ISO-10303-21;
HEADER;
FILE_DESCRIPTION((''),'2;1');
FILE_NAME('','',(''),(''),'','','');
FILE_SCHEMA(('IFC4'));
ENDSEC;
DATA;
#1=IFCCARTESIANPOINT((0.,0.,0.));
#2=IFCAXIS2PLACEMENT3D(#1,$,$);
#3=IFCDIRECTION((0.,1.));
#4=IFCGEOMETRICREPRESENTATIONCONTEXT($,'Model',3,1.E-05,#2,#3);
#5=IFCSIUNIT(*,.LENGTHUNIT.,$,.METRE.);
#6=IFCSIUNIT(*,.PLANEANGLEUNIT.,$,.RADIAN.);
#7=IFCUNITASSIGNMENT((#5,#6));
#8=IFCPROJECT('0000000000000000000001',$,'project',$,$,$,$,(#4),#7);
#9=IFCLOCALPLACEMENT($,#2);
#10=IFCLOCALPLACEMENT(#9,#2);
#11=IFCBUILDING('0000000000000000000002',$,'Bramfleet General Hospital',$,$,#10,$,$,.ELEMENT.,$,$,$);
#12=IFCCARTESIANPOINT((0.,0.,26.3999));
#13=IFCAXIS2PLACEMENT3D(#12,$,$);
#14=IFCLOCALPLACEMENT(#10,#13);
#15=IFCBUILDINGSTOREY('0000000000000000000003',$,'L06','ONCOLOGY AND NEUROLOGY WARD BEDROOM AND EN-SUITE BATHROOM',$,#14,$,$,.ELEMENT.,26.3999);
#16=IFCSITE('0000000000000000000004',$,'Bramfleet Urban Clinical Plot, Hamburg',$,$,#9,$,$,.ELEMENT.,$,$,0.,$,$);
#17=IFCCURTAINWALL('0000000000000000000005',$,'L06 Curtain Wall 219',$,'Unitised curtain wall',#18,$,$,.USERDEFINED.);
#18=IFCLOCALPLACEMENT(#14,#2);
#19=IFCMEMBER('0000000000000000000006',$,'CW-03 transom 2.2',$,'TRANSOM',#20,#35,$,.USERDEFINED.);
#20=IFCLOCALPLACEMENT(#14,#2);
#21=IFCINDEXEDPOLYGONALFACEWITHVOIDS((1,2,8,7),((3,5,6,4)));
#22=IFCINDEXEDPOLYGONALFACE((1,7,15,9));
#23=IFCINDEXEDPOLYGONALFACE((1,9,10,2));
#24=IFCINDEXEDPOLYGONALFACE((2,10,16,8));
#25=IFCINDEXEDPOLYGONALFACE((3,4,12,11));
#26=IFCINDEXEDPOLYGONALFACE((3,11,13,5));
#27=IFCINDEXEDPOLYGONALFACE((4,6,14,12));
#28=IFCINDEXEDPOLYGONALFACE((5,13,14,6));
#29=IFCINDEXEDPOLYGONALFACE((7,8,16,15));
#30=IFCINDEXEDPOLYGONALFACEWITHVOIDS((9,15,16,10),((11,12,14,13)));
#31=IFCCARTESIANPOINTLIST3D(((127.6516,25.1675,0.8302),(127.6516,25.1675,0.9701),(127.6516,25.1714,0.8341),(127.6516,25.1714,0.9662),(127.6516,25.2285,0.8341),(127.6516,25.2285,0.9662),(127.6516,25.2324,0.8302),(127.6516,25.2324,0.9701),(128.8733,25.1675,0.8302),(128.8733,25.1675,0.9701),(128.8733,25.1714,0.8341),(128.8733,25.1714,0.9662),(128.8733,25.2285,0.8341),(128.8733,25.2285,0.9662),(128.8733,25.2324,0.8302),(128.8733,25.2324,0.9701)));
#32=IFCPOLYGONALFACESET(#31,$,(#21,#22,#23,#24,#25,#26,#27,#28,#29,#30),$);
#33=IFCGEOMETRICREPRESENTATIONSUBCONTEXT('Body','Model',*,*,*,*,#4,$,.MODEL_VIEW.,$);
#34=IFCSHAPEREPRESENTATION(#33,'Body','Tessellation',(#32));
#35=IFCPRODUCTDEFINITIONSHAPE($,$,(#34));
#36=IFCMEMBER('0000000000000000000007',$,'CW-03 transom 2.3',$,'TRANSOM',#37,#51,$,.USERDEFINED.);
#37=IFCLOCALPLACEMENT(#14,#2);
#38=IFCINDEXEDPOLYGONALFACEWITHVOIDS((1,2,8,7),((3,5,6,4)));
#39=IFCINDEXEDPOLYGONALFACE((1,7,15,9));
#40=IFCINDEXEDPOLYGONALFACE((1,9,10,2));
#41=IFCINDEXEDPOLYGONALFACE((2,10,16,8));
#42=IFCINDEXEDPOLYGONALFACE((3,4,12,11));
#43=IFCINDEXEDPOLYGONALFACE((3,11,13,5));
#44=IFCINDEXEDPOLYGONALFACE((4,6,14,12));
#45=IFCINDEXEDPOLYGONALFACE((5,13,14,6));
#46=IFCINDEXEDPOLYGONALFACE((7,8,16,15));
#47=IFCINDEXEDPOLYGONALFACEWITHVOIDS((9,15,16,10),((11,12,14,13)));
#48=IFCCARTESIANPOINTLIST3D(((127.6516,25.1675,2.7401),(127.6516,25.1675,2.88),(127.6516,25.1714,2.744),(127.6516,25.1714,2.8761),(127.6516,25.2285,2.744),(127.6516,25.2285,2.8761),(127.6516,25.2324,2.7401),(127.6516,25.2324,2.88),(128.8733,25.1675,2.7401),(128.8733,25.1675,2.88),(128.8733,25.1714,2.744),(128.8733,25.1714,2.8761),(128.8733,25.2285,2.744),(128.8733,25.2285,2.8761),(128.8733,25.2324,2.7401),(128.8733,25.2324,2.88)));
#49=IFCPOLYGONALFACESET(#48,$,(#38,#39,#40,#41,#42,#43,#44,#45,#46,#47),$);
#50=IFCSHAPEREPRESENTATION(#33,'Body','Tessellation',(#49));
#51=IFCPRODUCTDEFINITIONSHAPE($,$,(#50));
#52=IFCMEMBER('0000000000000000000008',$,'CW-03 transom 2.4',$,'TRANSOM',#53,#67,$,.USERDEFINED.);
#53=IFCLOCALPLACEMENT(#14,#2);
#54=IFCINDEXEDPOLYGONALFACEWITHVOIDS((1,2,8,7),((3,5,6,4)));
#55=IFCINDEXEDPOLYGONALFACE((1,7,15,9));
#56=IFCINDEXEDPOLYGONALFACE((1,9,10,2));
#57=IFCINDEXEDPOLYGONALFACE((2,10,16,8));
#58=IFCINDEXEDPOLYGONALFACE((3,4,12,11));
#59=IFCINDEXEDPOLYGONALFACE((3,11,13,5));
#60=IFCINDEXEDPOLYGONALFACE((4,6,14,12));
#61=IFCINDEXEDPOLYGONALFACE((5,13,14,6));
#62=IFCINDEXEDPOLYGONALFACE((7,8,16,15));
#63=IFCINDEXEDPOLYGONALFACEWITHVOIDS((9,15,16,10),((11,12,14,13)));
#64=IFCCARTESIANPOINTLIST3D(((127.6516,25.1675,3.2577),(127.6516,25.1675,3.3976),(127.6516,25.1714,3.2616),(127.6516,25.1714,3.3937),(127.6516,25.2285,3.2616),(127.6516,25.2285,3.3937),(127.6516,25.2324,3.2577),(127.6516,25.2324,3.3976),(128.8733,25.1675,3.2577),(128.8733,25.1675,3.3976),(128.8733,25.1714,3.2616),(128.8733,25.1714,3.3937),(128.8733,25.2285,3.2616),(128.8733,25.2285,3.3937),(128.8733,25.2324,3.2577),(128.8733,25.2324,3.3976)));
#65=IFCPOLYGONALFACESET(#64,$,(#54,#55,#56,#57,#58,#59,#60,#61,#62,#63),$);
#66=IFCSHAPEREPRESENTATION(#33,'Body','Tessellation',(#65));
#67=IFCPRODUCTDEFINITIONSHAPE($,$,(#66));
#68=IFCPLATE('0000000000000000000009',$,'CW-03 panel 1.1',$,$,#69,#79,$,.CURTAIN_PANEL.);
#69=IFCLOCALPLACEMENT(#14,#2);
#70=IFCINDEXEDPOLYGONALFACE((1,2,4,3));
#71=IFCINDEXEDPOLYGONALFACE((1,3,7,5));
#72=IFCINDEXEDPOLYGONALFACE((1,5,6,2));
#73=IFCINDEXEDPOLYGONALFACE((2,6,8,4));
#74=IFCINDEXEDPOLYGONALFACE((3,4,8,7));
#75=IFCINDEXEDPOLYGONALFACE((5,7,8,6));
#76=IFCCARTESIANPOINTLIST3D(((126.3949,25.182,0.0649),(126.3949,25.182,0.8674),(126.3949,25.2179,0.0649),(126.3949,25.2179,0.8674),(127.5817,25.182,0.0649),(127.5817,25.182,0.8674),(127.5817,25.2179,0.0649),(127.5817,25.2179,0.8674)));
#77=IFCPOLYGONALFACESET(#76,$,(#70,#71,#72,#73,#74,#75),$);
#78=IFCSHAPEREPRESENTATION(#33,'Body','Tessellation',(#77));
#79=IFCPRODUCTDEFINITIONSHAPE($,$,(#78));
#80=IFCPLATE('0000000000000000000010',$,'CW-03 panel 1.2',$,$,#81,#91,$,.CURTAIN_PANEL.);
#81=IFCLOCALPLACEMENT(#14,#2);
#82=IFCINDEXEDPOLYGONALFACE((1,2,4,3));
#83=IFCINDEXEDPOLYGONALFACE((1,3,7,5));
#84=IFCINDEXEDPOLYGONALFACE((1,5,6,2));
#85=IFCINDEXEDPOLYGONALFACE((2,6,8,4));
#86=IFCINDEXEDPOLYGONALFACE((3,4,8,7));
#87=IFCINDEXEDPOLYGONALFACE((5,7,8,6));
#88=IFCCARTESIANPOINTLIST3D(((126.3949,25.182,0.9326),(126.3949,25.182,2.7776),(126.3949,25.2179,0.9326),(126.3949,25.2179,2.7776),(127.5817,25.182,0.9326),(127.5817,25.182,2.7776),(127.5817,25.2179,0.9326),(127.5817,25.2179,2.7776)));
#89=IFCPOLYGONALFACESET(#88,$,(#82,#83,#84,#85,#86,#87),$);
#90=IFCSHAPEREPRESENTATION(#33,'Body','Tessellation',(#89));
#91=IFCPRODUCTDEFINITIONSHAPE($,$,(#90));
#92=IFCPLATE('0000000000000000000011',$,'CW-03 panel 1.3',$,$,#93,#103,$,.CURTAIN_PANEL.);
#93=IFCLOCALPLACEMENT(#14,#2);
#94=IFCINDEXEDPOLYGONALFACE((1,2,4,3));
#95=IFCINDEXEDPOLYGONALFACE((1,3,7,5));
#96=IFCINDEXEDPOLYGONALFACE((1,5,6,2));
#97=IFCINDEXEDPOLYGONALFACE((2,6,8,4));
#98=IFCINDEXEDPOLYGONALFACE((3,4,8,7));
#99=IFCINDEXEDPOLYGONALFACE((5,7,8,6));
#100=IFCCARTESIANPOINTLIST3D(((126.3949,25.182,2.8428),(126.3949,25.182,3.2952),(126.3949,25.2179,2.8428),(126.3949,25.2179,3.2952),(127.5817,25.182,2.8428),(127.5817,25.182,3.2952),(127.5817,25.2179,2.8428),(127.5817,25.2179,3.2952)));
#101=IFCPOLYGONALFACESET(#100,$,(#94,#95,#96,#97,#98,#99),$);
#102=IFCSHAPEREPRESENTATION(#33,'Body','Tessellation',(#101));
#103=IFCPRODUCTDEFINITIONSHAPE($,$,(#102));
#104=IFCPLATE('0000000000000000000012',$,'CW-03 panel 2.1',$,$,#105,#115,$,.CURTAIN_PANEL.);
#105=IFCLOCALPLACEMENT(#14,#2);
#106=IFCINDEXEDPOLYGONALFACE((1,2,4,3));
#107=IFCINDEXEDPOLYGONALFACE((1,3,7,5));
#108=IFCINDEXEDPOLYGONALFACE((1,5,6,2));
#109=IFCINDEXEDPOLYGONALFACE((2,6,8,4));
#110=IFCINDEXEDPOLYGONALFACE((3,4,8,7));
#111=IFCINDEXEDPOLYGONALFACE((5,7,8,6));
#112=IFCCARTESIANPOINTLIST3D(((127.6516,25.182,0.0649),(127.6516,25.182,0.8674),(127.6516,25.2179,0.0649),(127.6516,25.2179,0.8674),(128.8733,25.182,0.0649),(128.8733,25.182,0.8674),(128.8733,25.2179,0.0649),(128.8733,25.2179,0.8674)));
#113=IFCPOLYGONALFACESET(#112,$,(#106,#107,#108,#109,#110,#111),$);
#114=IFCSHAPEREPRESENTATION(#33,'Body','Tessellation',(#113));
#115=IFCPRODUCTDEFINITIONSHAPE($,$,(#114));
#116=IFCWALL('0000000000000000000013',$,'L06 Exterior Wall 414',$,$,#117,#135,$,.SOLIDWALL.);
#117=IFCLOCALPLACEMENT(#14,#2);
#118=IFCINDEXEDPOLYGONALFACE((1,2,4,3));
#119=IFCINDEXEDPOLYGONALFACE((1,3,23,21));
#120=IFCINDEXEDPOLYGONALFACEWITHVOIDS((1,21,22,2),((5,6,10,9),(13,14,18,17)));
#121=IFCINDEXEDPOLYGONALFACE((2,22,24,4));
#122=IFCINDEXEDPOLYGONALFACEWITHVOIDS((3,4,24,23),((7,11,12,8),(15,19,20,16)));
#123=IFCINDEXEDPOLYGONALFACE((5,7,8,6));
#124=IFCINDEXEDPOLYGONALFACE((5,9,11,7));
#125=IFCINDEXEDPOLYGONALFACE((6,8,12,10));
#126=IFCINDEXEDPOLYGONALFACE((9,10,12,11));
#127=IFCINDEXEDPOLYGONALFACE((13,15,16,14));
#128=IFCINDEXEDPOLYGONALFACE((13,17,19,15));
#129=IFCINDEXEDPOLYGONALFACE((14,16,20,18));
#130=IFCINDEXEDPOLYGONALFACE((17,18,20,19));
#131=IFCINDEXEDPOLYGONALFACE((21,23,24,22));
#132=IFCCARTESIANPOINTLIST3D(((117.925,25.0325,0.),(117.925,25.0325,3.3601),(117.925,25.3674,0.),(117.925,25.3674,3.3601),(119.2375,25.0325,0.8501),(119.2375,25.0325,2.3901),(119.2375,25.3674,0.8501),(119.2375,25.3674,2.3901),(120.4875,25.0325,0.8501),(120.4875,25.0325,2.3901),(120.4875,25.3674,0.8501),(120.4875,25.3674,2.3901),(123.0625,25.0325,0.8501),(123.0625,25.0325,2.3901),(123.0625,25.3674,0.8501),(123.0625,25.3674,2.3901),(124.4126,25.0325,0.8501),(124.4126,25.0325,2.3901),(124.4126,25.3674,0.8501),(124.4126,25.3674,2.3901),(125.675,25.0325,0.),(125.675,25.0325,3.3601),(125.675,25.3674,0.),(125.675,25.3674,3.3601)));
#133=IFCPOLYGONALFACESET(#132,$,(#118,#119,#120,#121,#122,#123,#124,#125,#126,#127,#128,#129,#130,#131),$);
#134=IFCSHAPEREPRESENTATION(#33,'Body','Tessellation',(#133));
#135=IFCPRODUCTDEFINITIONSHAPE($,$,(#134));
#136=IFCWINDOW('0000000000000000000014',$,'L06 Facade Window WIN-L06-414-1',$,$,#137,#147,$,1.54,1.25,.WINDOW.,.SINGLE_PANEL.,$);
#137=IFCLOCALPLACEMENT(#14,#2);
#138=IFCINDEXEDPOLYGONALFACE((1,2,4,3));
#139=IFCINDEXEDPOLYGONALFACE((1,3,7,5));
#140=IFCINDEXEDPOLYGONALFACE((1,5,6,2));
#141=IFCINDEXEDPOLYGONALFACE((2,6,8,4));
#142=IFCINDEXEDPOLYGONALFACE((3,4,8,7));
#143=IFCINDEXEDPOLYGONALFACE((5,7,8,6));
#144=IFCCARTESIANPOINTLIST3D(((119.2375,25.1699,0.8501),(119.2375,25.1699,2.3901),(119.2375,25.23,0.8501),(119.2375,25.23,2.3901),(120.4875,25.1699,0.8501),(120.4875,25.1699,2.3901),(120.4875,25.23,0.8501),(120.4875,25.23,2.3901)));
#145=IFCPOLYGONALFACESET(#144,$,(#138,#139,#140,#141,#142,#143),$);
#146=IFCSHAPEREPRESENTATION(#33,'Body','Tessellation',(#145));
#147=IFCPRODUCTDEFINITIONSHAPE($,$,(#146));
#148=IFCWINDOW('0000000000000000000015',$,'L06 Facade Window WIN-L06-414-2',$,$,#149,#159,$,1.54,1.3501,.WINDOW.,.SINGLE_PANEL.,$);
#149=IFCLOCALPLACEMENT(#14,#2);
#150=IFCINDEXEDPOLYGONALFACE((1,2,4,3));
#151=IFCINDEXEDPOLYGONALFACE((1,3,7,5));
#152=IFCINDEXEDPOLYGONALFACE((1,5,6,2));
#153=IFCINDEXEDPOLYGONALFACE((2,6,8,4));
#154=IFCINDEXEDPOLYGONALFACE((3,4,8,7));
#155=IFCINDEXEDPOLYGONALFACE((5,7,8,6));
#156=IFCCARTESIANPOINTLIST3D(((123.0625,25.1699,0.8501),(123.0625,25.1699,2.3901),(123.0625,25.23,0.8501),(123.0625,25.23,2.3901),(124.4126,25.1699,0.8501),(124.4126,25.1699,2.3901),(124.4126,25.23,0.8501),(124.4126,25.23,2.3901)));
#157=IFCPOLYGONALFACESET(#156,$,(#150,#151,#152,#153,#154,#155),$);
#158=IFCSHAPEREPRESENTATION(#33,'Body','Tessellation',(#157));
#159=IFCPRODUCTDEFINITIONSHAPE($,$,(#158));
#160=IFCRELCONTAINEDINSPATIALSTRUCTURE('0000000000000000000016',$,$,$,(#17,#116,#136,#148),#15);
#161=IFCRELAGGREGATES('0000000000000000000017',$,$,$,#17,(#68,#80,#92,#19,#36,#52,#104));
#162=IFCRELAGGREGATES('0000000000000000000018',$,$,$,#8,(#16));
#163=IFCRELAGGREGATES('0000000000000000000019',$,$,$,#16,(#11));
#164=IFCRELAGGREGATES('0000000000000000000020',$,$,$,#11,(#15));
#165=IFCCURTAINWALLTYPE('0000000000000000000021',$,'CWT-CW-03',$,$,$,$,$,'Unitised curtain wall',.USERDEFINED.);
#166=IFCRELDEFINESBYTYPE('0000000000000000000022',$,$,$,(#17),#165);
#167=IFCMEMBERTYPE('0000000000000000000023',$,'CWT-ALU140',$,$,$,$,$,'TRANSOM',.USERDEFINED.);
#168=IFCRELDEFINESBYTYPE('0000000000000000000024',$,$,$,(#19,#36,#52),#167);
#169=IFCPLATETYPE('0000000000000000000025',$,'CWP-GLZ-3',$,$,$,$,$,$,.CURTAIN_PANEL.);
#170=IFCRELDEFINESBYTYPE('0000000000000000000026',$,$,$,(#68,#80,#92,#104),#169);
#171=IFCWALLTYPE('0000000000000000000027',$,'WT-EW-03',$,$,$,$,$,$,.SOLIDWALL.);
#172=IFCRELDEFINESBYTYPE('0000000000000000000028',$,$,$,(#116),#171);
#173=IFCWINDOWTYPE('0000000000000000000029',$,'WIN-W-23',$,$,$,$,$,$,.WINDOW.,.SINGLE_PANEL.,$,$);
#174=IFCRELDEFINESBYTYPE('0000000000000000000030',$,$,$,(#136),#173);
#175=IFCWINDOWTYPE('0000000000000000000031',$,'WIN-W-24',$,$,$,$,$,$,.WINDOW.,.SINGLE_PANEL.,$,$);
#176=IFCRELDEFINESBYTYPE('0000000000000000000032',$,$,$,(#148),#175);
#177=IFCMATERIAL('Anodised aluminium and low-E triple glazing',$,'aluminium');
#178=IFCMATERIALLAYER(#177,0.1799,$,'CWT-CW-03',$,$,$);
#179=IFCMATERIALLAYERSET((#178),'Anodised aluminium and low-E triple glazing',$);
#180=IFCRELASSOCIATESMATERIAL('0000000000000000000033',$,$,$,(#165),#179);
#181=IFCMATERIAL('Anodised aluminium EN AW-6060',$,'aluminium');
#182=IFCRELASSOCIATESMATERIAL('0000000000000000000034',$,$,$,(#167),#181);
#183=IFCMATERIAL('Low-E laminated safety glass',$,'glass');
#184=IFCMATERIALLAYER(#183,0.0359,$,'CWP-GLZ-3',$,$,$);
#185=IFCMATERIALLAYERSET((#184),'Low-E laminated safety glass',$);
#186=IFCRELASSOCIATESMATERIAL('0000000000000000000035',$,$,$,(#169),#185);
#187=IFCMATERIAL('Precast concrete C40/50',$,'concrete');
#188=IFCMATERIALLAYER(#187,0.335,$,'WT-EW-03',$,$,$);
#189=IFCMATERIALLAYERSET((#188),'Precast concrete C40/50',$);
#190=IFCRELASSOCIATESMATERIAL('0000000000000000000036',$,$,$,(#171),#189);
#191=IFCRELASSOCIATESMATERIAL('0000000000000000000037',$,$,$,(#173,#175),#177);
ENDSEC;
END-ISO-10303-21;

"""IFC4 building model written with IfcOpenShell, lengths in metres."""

from ifc_helpers import new_model, si_unit, direction, frame, frame_2d, origin, origin_2d, place, context, subcontext, project, spatial, rectangle, hollow_rectangle, extrude, material, layer, layer_set, material_profile, profile_set, type_object, element, fill, aggregate, save


model = new_model("IFC4")

# Units and contexts
model_context = context("Model", 3, precision=1e-05, world=origin(), true_north=direction((0.0, 1.0)))
body_context = subcontext(model_context, "Body", "Model", "MODEL_VIEW")
ifc_project = project(units=[si_unit("LENGTHUNIT", "METRE"), si_unit("PLANEANGLEUNIT", "RADIAN")], contexts=[model_context])

# Site, building, storey
site_placement = place(None, origin())
site = spatial("IfcSite", under=ifc_project, at=site_placement, Name="Bramfleet Urban Clinical Plot, Hamburg", CompositionType="ELEMENT", RefElevation=0.0)
building_placement = place(site_placement, origin())
building = spatial("IfcBuilding", under=site, at=building_placement, Name="Bramfleet General Hospital", CompositionType="ELEMENT")
storey_placement = place(building_placement, frame((0.0, 0.0, 26.3999)))
storey = spatial("IfcBuildingStorey", under=building, at=storey_placement, Name="L06", Description="ONCOLOGY AND NEUROLOGY WARD BEDROOM AND EN-SUITE BATHROOM", CompositionType="ELEMENT", Elevation=26.3999)

# Curtain wall, members, plates
ifc_material_1 = material(Name="Anodised aluminium and low-E triple glazing", Category="aluminium")
ifc_layer_1 = layer(ifc_material_1, 0.1799, Name="CWT-CW-03")
ifc_layer_set_1 = layer_set([ifc_layer_1], Name="Anodised aluminium and low-E triple glazing")
curtain_wall_type = type_object("IfcCurtainWallType", Name="CWT-CW-03", ElementType="Unitised curtain wall", PredefinedType="USERDEFINED", material=ifc_layer_set_1)
curtain_wall_placement = place(storey_placement, origin())
curtain_wall = element("IfcCurtainWall", 1, at=curtain_wall_placement, inside=storey, type_object=curtain_wall_type, Name="L06 Curtain Wall 219", ObjectType="Unitised curtain wall", PredefinedType="USERDEFINED")
ifc_material_2 = material(Name="Anodised aluminium EN AW-6060", Category="aluminium")
ifc_material_profile_1 = material_profile(ifc_material_2, hollow_rectangle(XDim=0.0649, YDim=0.1399, WallThickness=0.0039, at=origin_2d()), Name="ALU 140x65x4.0")
ifc_profile_set_1 = profile_set([ifc_material_profile_1], Name="Anodised aluminium EN AW-6060")
member_type_1 = type_object("IfcMemberType", Name="CWT-ALU140", ElementType="TRANSOM", PredefinedType="USERDEFINED", material=ifc_profile_set_1)
member_1_placement = place(storey_placement, frame((127.6516, 25.2, 0.9001), z_axis=(1.0, 0.0, 0.0), x_axis=(0.0, 1.0, 0.0)))
member_1 = element("IfcMember", 2, at=member_1_placement, type_object=member_type_1, Name="CW-03 transom 2.2", ObjectType="TRANSOM", PredefinedType="USERDEFINED", context=body_context, shape_type="SweptSolid", body=[
    extrude(hollow_rectangle(XDim=0.0649, YDim=0.1399, WallThickness=0.0039, at=origin_2d()), origin(), (0.0, 0.0, 1.0), 1.2217),
])
member_2_placement = place(storey_placement, frame((127.6516, 25.2, 2.8101), z_axis=(1.0, 0.0, 0.0), x_axis=(0.0, 1.0, 0.0)))
member_2 = element("IfcMember", 3, at=member_2_placement, type_object=member_type_1, Name="CW-03 transom 2.3", ObjectType="TRANSOM", PredefinedType="USERDEFINED", context=body_context, shape_type="SweptSolid", body=[
    extrude(hollow_rectangle(XDim=0.0649, YDim=0.1399, WallThickness=0.0039, at=origin_2d()), origin(), (0.0, 0.0, 1.0), 1.2217),
])
member_3_placement = place(storey_placement, frame((127.6516, 25.2, 3.3276), z_axis=(1.0, 0.0, 0.0), x_axis=(0.0, 1.0, 0.0)))
member_3 = element("IfcMember", 4, at=member_3_placement, type_object=member_type_1, Name="CW-03 transom 2.4", ObjectType="TRANSOM", PredefinedType="USERDEFINED", context=body_context, shape_type="SweptSolid", body=[
    extrude(hollow_rectangle(XDim=0.0649, YDim=0.1399, WallThickness=0.0039, at=origin_2d()), origin(), (0.0, 0.0, 1.0), 1.2217),
])
ifc_material_3 = material(Name="Low-E laminated safety glass", Category="glass")
ifc_layer_2 = layer(ifc_material_3, 0.0359, Name="CWP-GLZ-3")
ifc_layer_set_2 = layer_set([ifc_layer_2], Name="Low-E laminated safety glass")
plate_type = type_object("IfcPlateType", Name="CWP-GLZ-3", PredefinedType="CURTAIN_PANEL", material=ifc_layer_set_2)
plate_1_placement = place(storey_placement, frame((126.9883, 25.2, 0.0649), z_axis=(0.0, 0.0, 1.0), x_axis=(1.0, 0.0, 0.0)))
plate_1 = element("IfcPlate", 5, at=plate_1_placement, type_object=plate_type, Name="CW-03 panel 1.1", PredefinedType="CURTAIN_PANEL", context=body_context, shape_type="SweptSolid", body=[
    extrude(rectangle(XDim=1.1868, YDim=0.0359, at=origin_2d()), origin(), (0.0, 0.0, 1.0), 0.8025),
])
plate_2_placement = place(storey_placement, frame((126.9883, 25.2, 0.9326), z_axis=(0.0, 0.0, 1.0), x_axis=(1.0, 0.0, 0.0)))
plate_2 = element("IfcPlate", 6, at=plate_2_placement, type_object=plate_type, Name="CW-03 panel 1.2", PredefinedType="CURTAIN_PANEL", context=body_context, shape_type="SweptSolid", body=[
    extrude(rectangle(XDim=1.1868, YDim=0.0359, at=origin_2d()), origin(), (0.0, 0.0, 1.0), 1.845),
])
plate_3_placement = place(storey_placement, frame((126.9883, 25.2, 2.8428), z_axis=(0.0, 0.0, 1.0), x_axis=(1.0, 0.0, 0.0)))
plate_3 = element("IfcPlate", 7, at=plate_3_placement, type_object=plate_type, Name="CW-03 panel 1.3", PredefinedType="CURTAIN_PANEL", context=body_context, shape_type="SweptSolid", body=[
    extrude(rectangle(XDim=1.1868, YDim=0.0359, at=origin_2d()), origin(), (0.0, 0.0, 1.0), 0.4524),
])
plate_4_placement = place(storey_placement, frame((128.2625, 25.2, 0.0649), z_axis=(0.0, 0.0, 1.0), x_axis=(1.0, 0.0, 0.0)))
plate_4 = element("IfcPlate", 8, at=plate_4_placement, type_object=plate_type, Name="CW-03 panel 2.1", PredefinedType="CURTAIN_PANEL", context=body_context, shape_type="SweptSolid", body=[
    extrude(rectangle(XDim=1.2217, YDim=0.0359, at=origin_2d()), origin(), (0.0, 0.0, 1.0), 0.8025),
])
aggregate(curtain_wall, [plate_1, plate_2, plate_3, member_1, member_2, member_3, plate_4])

# Wall, openings, windows
ifc_material_4 = material(Name="Precast concrete C40/50", Category="concrete")
ifc_layer_3 = layer(ifc_material_4, 0.335, Name="WT-EW-03")
ifc_layer_set_3 = layer_set([ifc_layer_3], Name="Precast concrete C40/50")
wall_type_1 = type_object("IfcWallType", Name="WT-EW-03", PredefinedType="SOLIDWALL", material=ifc_layer_set_3)
wall_1_placement = place(storey_placement, frame((117.925, 25.2, 0.0), z_axis=(0.0, 0.0, 1.0), x_axis=(1.0, 0.0, 0.0)))
wall_1 = element("IfcWall", 9, at=wall_1_placement, inside=storey, type_object=wall_type_1, Name="L06 Exterior Wall 414", PredefinedType="SOLIDWALL", context=body_context, shape_type="SweptSolid", body=[
    extrude(rectangle(XDim=7.75, YDim=0.335, at=frame_2d((3.875, 0.0))), origin(), (0.0, 0.0, 1.0), 3.3601),
])
opening_1_placement = place(wall_1_placement, frame((1.3125, 0.0, 0.8501)))
opening_1 = element("IfcOpeningElement", 10, at=opening_1_placement, cuts=wall_1, PredefinedType="OPENING", context=body_context, shape_type="SweptSolid", body=[
    extrude(rectangle(XDim=1.25, YDim=1.54, at=frame_2d((0.625, 0.77))), frame((0.0, 0.1775, 0.0), z_axis=(0.0, -1.0, 0.0), x_axis=(1.0, 0.0, 0.0)), (0.0, 0.0, 1.0), 0.355),
])
opening_2_placement = place(wall_1_placement, frame((5.1375, 0.0, 0.8501)))
opening_2 = element("IfcOpeningElement", 11, at=opening_2_placement, cuts=wall_1, PredefinedType="OPENING", context=body_context, shape_type="SweptSolid", body=[
    extrude(rectangle(XDim=1.3501, YDim=1.54, at=frame_2d((0.675, 0.77))), frame((0.0, 0.1775, 0.0), z_axis=(0.0, -1.0, 0.0), x_axis=(1.0, 0.0, 0.0)), (0.0, 0.0, 1.0), 0.355),
])
window_type_1 = type_object("IfcWindowType", Name="WIN-W-23", PartitioningType="SINGLE_PANEL", PredefinedType="WINDOW", material=ifc_material_1)
window_1_placement = place(opening_1_placement, origin())
window_1 = element("IfcWindow", 12, at=window_1_placement, inside=storey, type_object=window_type_1, Name="L06 Facade Window WIN-L06-414-1", OverallHeight=1.54, OverallWidth=1.25, PartitioningType="SINGLE_PANEL", PredefinedType="WINDOW", context=body_context, shape_type="SweptSolid", body=[
    extrude(rectangle(XDim=1.25, YDim=1.54, at=frame_2d((0.625, 0.77))), frame((0.0, 0.03, 0.0), z_axis=(0.0, -1.0, 0.0), x_axis=(1.0, 0.0, 0.0)), (0.0, 0.0, 1.0), 0.0601),
])
fill(opening_1, window_1)
window_type_2 = type_object("IfcWindowType", Name="WIN-W-24", PartitioningType="SINGLE_PANEL", PredefinedType="WINDOW", material=ifc_material_1)
window_2_placement = place(opening_2_placement, origin())
window_2 = element("IfcWindow", 13, at=window_2_placement, inside=storey, type_object=window_type_2, Name="L06 Facade Window WIN-L06-414-2", OverallHeight=1.54, OverallWidth=1.3501, PartitioningType="SINGLE_PANEL", PredefinedType="WINDOW", context=body_context, shape_type="SweptSolid", body=[
    extrude(rectangle(XDim=1.3501, YDim=1.54, at=frame_2d((0.675, 0.77))), frame((0.0, 0.03, 0.0), z_axis=(0.0, -1.0, 0.0), x_axis=(1.0, 0.0, 0.0)), (0.0, 0.0, 1.0), 0.0601),
])
fill(opening_2, window_2)

save(model, "model.ifc")
